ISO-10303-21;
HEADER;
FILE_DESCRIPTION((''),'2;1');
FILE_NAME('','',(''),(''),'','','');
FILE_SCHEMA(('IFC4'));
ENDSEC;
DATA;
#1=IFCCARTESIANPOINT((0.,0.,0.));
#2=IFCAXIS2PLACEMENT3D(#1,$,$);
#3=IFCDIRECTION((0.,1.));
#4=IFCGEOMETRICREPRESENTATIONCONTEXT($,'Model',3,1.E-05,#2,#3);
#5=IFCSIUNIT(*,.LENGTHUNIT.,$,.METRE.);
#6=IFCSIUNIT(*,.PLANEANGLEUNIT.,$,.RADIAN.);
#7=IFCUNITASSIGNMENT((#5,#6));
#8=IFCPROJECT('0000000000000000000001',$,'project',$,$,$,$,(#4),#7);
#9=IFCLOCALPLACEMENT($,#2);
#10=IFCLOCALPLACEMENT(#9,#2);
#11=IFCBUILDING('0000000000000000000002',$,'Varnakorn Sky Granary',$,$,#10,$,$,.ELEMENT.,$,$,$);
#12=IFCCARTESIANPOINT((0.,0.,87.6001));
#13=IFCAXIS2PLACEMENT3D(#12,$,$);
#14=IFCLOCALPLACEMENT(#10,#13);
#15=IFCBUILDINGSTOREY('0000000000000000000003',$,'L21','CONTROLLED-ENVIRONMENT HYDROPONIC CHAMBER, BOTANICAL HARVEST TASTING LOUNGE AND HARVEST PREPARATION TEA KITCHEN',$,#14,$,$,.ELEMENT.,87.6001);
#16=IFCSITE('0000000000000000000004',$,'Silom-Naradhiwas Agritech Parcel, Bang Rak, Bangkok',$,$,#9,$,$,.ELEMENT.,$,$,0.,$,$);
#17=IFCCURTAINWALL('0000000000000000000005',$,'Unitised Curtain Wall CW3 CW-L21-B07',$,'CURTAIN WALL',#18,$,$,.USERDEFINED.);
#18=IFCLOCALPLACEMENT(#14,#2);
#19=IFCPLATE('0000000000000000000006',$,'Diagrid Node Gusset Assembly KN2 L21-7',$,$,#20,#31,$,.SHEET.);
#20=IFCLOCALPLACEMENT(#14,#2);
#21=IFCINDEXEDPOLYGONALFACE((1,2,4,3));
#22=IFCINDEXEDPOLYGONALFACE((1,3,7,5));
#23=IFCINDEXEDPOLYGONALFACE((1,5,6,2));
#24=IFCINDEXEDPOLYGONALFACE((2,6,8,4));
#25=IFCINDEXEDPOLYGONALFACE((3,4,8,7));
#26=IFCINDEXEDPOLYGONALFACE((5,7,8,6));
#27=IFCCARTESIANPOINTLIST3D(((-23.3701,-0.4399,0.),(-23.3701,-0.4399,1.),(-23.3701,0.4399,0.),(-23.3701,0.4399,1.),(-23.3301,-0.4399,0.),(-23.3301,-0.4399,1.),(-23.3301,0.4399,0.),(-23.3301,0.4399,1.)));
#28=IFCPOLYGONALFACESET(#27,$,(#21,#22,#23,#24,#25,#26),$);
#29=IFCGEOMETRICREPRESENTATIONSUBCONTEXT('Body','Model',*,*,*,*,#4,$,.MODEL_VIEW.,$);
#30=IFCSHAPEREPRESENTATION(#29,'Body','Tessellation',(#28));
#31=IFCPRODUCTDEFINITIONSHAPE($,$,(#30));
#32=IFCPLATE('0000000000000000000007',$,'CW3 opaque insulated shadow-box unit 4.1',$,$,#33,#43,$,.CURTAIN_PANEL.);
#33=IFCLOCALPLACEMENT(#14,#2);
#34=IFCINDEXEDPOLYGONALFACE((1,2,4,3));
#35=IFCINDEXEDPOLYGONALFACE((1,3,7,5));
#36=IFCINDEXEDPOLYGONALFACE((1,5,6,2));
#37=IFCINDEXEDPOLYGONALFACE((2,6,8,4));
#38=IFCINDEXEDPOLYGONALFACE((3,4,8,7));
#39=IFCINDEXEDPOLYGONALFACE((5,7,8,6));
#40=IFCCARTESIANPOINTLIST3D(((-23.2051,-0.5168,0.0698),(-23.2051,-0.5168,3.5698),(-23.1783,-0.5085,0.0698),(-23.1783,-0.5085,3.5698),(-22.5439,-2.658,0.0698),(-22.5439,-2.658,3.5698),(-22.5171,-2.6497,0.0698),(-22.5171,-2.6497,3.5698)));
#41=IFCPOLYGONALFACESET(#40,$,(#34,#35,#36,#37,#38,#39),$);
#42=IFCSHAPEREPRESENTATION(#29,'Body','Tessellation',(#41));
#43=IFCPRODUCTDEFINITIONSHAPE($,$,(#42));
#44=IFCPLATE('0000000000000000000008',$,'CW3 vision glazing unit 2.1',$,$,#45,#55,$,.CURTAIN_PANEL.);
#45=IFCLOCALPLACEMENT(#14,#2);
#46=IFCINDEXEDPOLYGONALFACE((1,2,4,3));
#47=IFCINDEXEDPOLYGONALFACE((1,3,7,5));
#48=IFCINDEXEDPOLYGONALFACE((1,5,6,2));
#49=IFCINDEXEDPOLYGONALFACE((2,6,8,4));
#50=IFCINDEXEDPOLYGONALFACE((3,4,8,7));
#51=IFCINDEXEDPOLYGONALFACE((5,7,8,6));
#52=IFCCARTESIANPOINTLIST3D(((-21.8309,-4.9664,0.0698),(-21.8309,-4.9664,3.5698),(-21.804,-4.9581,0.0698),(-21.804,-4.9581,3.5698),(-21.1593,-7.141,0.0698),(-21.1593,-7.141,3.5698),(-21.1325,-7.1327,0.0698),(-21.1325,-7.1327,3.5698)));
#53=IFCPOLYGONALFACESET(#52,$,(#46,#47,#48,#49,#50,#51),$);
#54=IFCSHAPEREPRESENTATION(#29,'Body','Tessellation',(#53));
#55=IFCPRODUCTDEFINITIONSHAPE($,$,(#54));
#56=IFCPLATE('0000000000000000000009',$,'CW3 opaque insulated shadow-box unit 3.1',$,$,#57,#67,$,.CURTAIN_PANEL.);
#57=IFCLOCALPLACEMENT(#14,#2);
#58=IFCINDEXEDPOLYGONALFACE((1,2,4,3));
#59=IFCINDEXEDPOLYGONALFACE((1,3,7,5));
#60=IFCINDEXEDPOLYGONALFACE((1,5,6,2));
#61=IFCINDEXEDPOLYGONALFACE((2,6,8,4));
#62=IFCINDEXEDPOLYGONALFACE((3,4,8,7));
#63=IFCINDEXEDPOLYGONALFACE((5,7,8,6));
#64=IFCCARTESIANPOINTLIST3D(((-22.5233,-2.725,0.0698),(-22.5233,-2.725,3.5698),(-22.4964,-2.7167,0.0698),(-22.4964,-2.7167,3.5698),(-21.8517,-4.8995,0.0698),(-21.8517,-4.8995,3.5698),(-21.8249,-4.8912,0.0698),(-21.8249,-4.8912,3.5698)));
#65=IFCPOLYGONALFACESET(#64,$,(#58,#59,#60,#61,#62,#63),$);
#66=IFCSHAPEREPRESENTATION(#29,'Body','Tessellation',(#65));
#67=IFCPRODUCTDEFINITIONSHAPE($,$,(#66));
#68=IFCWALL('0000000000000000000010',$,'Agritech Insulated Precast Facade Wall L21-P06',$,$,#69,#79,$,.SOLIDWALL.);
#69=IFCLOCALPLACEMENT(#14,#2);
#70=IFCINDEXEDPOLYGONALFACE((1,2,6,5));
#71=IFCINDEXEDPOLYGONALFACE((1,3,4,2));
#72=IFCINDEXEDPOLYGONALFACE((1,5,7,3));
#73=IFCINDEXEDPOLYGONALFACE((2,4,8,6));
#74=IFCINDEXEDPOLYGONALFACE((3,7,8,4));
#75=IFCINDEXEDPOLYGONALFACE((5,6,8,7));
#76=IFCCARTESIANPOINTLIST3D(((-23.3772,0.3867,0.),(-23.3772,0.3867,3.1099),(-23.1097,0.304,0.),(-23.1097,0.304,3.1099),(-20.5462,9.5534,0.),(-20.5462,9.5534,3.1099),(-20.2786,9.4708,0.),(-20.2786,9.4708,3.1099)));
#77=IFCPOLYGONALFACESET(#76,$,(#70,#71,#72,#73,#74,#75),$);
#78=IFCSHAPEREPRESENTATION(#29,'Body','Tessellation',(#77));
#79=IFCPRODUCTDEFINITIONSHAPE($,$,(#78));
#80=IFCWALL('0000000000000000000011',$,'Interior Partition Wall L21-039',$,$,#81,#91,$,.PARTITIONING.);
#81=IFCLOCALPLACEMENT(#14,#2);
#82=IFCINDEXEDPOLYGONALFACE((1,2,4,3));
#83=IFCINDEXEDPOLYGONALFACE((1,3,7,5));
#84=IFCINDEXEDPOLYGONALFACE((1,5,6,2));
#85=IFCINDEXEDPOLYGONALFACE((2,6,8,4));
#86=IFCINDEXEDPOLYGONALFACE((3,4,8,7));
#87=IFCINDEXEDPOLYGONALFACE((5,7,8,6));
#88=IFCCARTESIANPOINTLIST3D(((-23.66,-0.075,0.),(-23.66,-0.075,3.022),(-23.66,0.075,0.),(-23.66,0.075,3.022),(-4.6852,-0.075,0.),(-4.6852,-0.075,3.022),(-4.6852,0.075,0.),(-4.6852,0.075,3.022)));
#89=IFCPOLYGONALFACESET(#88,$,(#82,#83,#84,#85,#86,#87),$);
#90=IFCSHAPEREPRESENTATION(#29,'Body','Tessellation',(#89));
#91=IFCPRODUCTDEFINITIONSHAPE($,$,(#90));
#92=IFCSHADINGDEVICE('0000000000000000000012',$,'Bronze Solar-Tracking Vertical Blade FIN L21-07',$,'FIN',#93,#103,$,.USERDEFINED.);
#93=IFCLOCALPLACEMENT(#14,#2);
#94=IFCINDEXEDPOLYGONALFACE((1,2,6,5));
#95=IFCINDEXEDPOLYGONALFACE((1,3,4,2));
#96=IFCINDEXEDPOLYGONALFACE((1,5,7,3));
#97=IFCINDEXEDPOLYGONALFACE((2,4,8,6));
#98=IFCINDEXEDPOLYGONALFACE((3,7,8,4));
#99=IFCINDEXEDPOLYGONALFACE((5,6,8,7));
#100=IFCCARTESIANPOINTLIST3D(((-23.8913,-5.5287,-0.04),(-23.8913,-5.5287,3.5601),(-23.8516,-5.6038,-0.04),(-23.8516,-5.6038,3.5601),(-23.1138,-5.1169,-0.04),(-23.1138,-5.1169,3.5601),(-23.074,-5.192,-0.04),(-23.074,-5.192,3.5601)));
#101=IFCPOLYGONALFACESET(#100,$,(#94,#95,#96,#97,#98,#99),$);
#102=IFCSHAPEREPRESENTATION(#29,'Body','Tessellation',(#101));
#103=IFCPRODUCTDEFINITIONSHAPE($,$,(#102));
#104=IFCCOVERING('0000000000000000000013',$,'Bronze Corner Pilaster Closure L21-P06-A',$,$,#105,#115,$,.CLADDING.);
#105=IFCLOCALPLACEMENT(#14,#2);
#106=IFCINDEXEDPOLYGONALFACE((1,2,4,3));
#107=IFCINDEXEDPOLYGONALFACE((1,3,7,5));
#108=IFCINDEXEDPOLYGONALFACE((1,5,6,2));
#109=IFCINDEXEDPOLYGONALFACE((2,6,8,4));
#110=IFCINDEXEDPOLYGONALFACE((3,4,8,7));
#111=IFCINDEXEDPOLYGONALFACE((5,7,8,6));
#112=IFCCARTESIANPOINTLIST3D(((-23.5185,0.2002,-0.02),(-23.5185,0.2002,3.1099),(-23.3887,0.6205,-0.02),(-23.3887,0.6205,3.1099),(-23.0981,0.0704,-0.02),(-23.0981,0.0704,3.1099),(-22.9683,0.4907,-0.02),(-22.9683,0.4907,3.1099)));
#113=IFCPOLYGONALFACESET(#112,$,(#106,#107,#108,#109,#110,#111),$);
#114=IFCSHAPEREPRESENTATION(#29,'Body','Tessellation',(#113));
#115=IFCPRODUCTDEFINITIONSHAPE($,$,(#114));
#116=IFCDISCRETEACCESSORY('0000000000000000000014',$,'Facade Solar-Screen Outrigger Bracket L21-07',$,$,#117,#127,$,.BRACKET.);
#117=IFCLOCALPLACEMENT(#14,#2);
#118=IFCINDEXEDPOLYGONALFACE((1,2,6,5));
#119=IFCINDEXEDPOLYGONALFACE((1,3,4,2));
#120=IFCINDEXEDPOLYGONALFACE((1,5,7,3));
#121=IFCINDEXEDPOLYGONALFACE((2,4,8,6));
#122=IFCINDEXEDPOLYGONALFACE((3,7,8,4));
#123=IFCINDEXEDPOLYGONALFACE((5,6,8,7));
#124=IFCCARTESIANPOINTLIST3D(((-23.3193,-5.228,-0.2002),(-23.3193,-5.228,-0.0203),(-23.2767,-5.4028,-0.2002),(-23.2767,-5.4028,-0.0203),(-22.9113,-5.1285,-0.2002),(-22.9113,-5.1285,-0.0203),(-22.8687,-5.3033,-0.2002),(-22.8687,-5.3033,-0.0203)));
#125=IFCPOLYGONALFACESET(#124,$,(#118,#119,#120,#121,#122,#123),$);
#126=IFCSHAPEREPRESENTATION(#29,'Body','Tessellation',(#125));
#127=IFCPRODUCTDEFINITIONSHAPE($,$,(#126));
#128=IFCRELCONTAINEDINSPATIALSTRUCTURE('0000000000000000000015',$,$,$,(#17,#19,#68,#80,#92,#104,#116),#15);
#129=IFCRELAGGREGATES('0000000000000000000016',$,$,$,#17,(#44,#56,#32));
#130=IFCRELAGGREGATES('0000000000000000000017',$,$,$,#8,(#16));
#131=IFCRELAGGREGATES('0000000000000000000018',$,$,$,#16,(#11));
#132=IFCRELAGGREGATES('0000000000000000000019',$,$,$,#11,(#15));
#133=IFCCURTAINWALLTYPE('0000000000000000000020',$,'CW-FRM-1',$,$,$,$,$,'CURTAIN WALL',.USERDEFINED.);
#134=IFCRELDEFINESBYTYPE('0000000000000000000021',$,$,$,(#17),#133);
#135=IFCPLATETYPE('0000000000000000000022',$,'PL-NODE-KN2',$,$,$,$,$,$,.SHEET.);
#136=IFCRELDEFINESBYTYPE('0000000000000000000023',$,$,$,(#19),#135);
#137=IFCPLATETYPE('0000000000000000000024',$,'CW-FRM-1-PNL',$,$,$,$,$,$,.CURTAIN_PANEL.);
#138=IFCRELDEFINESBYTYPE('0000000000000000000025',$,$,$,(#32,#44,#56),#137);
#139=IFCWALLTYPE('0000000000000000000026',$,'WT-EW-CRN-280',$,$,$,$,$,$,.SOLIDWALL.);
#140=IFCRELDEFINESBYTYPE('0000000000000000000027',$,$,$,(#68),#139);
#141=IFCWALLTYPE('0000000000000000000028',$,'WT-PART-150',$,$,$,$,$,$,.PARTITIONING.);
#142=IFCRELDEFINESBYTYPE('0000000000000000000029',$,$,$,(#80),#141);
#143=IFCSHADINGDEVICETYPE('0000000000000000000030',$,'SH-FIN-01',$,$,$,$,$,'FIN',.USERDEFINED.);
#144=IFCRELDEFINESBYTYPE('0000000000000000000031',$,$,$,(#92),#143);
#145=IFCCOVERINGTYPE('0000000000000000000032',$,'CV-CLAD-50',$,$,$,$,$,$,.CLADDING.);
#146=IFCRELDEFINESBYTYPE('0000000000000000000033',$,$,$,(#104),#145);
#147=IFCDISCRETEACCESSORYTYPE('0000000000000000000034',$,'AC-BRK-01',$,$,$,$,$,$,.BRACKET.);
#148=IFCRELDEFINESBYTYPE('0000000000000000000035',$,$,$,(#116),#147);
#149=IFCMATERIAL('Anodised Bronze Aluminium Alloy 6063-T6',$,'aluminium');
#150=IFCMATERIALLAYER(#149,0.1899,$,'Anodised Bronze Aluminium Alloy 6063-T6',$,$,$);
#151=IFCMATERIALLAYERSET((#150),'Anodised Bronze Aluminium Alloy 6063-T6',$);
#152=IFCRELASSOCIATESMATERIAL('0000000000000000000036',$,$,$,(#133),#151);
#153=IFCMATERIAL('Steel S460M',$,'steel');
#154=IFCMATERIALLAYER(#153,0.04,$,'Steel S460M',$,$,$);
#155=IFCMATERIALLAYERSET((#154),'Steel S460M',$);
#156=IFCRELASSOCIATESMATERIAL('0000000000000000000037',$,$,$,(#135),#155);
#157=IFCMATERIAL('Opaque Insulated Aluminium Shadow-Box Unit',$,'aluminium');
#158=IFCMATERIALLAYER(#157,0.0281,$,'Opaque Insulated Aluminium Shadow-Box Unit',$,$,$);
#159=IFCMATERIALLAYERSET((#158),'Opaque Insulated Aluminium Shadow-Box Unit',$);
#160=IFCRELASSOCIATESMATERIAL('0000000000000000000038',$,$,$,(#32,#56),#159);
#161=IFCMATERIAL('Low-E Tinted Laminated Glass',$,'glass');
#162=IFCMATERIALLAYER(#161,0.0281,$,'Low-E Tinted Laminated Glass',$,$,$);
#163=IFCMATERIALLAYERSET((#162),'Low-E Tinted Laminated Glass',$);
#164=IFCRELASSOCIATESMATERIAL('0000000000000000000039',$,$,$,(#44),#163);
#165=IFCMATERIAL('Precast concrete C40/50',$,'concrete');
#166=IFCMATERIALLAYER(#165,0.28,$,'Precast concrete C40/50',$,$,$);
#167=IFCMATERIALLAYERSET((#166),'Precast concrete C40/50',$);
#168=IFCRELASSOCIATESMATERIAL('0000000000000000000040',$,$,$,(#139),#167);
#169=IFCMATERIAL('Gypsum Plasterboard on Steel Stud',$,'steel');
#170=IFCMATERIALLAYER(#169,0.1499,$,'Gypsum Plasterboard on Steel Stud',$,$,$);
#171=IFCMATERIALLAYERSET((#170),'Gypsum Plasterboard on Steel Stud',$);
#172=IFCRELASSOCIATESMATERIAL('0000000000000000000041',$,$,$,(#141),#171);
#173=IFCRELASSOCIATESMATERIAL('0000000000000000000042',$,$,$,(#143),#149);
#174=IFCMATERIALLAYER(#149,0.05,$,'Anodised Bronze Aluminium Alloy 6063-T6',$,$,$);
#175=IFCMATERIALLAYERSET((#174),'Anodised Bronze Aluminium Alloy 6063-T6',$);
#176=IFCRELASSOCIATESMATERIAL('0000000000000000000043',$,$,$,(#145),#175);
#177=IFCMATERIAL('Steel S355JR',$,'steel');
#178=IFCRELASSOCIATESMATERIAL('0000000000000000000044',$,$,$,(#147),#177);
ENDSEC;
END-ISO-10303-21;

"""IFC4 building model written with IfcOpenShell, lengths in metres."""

from ifc_helpers import new_model, si_unit, direction, frame, frame_2d, origin, origin_2d, place, context, subcontext, project, spatial, rectangle, extrude, source, transform, mapped, material, layer, layer_set, type_object, type_shapes, element, aggregate, save


model = new_model("IFC4")

# Units and contexts
model_context = context("Model", 3, precision=1e-05, world=origin(), true_north=direction((0.0, 1.0)))
body_context = subcontext(model_context, "Body", "Model", "MODEL_VIEW")
ifc_project = project(units=[si_unit("LENGTHUNIT", "METRE"), si_unit("PLANEANGLEUNIT", "RADIAN")], contexts=[model_context])

# Site, building, storey
site_placement = place(None, origin())
site = spatial("IfcSite", under=ifc_project, at=site_placement, Name="Silom-Naradhiwas Agritech Parcel, Bang Rak, Bangkok", CompositionType="ELEMENT", RefElevation=0.0)
building_placement = place(site_placement, origin())
building = spatial("IfcBuilding", under=site, at=building_placement, Name="Varnakorn Sky Granary", CompositionType="ELEMENT")
storey_placement = place(building_placement, frame((0.0, 0.0, 87.6001)))
storey = spatial("IfcBuildingStorey", under=building, at=storey_placement, Name="L21", Description="CONTROLLED-ENVIRONMENT HYDROPONIC CHAMBER, BOTANICAL HARVEST TASTING LOUNGE AND HARVEST PREPARATION TEA KITCHEN", CompositionType="ELEMENT", Elevation=87.6001)

# Shared definitions
ifc_material_1 = material(Name="Steel S460M", Category="steel")

# Shared definitions
ifc_material_2 = material(Name="Steel S355JR", Category="steel")

# Curtain wall
ifc_material_3 = material(Name="Anodised Bronze Aluminium Alloy 6063-T6", Category="aluminium")
ifc_layer_1 = layer(ifc_material_3, 0.1899, Name="Anodised Bronze Aluminium Alloy 6063-T6")
ifc_layer_set_1 = layer_set([ifc_layer_1], Name="Anodised Bronze Aluminium Alloy 6063-T6")
curtain_wall_type = type_object("IfcCurtainWallType", Name="CW-FRM-1", ElementType="CURTAIN WALL", PredefinedType="USERDEFINED", material=ifc_layer_set_1)
curtain_wall_placement = place(storey_placement, origin())
curtain_wall = element("IfcCurtainWall", 1, at=curtain_wall_placement, inside=storey, type_object=curtain_wall_type, Name="Unitised Curtain Wall CW3 CW-L21-B07", ObjectType="CURTAIN WALL", PredefinedType="USERDEFINED")

# Plates
ifc_layer_2 = layer(ifc_material_1, 0.04, Name="Steel S460M")
ifc_layer_set_2 = layer_set([ifc_layer_2], Name="Steel S460M")
plate_type_1 = type_object("IfcPlateType", Name="PL-NODE-KN2", PredefinedType="SHEET", material=ifc_layer_set_2)
plate_1_placement = place(storey_placement, frame((-23.3501, 0.0, 0.0), z_axis=(0.0, 0.0, 1.0), x_axis=(0.0, -1.0, 0.0)))
element("IfcPlate", 2, at=plate_1_placement, inside=storey, type_object=plate_type_1, Name="Diagrid Node Gusset Assembly KN2 L21-7", PredefinedType="SHEET", context=body_context, shape_type="SweptSolid", body=[
    extrude(rectangle(XDim=0.8799, YDim=0.04, at=origin_2d()), origin(), (0.0, 0.0, 1.0), 1.0),
])
ifc_material_4 = material(Name="Opaque Insulated Aluminium Shadow-Box Unit", Category="aluminium")
ifc_layer_3 = layer(ifc_material_4, 0.0281, Name="Opaque Insulated Aluminium Shadow-Box Unit")
ifc_layer_set_3 = layer_set([ifc_layer_3], Name="Opaque Insulated Aluminium Shadow-Box Unit")
plate_type_2 = type_object("IfcPlateType", Name="CW-FRM-1-PNL", PredefinedType="CURTAIN_PANEL")
shared_shape_1 = source(origin(), body_context, "Body", "SweptSolid", [
    extrude(rectangle(XDim=2.241, YDim=0.0281, at=origin_2d()), origin(), (0.0, 0.0, 1.0), 3.5),
])
plate_2_placement = place(storey_placement, frame((-22.8611, -1.5833, 0.0698), z_axis=(0.0, 0.0, 1.0), x_axis=(-0.295069, 0.955476, 0.0)))
plate_2 = element("IfcPlate", 3, at=plate_2_placement, type_object=plate_type_2, material=ifc_layer_set_3, Name="CW3 opaque insulated shadow-box unit 4.1", PredefinedType="CURTAIN_PANEL", context=body_context, shape_type="MappedRepresentation", body=[
    mapped(shared_shape_1, transform((0.0, 0.0, 0.0), x_axis=(1.0, 0.0, 0.0), y_axis=(0.0, 1.0, 0.0), z_axis=(0.0, 0.0, 1.0), scale=1.0)),
])
ifc_material_5 = material(Name="Low-E Tinted Laminated Glass", Category="glass")
ifc_layer_4 = layer(ifc_material_5, 0.0281, Name="Low-E Tinted Laminated Glass")
ifc_layer_set_4 = layer_set([ifc_layer_4], Name="Low-E Tinted Laminated Glass")
shared_shape_2 = source(origin(), body_context, "Body", "SweptSolid", [
    extrude(rectangle(XDim=2.2759, YDim=0.0281, at=origin_2d()), origin(), (0.0, 0.0, 1.0), 3.5),
])
type_shapes(plate_type_2, [shared_shape_1, shared_shape_2])
plate_3_placement = place(storey_placement, frame((-21.4817, -6.0496, 0.0698), z_axis=(0.0, 0.0, 1.0), x_axis=(-0.295069, 0.955476, 0.0)))
plate_3 = element("IfcPlate", 4, at=plate_3_placement, type_object=plate_type_2, material=ifc_layer_set_4, Name="CW3 vision glazing unit 2.1", PredefinedType="CURTAIN_PANEL", context=body_context, shape_type="MappedRepresentation", body=[
    mapped(shared_shape_2, transform((0.0, 0.0, 0.0), x_axis=(1.0, 0.0, 0.0), y_axis=(0.0, 1.0, 0.0), z_axis=(0.0, 0.0, 1.0), scale=1.0)),
])
plate_4_placement = place(storey_placement, frame((-22.1741, -3.8081, 0.0698), z_axis=(0.0, 0.0, 1.0), x_axis=(-0.295069, 0.955476, 0.0)))
plate_4 = element("IfcPlate", 5, at=plate_4_placement, type_object=plate_type_2, material=ifc_layer_set_3, Name="CW3 opaque insulated shadow-box unit 3.1", PredefinedType="CURTAIN_PANEL", context=body_context, shape_type="MappedRepresentation", body=[
    mapped(shared_shape_2, transform((0.0, 0.0, 0.0), x_axis=(1.0, 0.0, 0.0), y_axis=(0.0, 1.0, 0.0), z_axis=(0.0, 0.0, 1.0), scale=1.0)),
])
aggregate(curtain_wall, [plate_3, plate_4, plate_2])

# Walls
ifc_material_6 = material(Name="Precast concrete C40/50", Category="concrete")
ifc_layer_5 = layer(ifc_material_6, 0.28, Name="Precast concrete C40/50")
ifc_layer_set_5 = layer_set([ifc_layer_5], Name="Precast concrete C40/50")
wall_type_1 = type_object("IfcWallType", Name="WT-EW-CRN-280", PredefinedType="SOLIDWALL", material=ifc_layer_set_5)
wall_1_placement = place(storey_placement, frame((-23.2434, 0.3455, 0.0), z_axis=(0.0, 0.0, 1.0), x_axis=(0.295087, 0.95547, 0.0)))
element("IfcWall", 6, at=wall_1_placement, inside=storey, type_object=wall_type_1, Name="Agritech Insulated Precast Facade Wall L21-P06", PredefinedType="SOLIDWALL", context=body_context, shape_type="SweptSolid", body=[
    extrude(rectangle(XDim=9.594, YDim=0.28, at=frame_2d((4.7969, 0.0))), origin(), (0.0, 0.0, 1.0), 3.1099),
])
ifc_material_7 = material(Name="Gypsum Plasterboard on Steel Stud", Category="steel")
ifc_layer_6 = layer(ifc_material_7, 0.1499, Name="Gypsum Plasterboard on Steel Stud")
ifc_layer_set_6 = layer_set([ifc_layer_6], Name="Gypsum Plasterboard on Steel Stud")
wall_type_2 = type_object("IfcWallType", Name="WT-PART-150", PredefinedType="PARTITIONING", material=ifc_layer_set_6)
wall_2_placement = place(storey_placement, frame((-23.6599, 0.0, 0.0), z_axis=(0.0, 0.0, 1.0), x_axis=(1.0, 0.0, 0.0)))
element("IfcWall", 7, at=wall_2_placement, inside=storey, type_object=wall_type_2, Name="Interior Partition Wall L21-039", PredefinedType="PARTITIONING", context=body_context, shape_type="SweptSolid", body=[
    extrude(rectangle(XDim=18.9749, YDim=0.1499, at=frame_2d((9.4873, 0.0))), origin(), (0.0, 0.0, 1.0), 3.022),
])

# Shading device
shading_device_type = type_object("IfcShadingDeviceType", Name="SH-FIN-01", ElementType="FIN", PredefinedType="USERDEFINED", material=ifc_material_3)
shared_shape_3 = source(origin(), body_context, "Body", "SweptSolid", [
    extrude(rectangle(XDim=0.085, YDim=0.8799, at=origin_2d()), origin(), (0.0, 0.0, 1.0), 3.6001),
])
type_shapes(shading_device_type, [shared_shape_3])
shading_device_placement = place(storey_placement, frame((-23.4827, -5.3604, -0.04), z_axis=(0.0, 0.0, 1.0), x_axis=(0.468053, -0.8837, 0.0)))
element("IfcShadingDevice", 8, at=shading_device_placement, inside=storey, type_object=shading_device_type, Name="Bronze Solar-Tracking Vertical Blade FIN L21-07", ObjectType="FIN", PredefinedType="USERDEFINED", context=body_context, shape_type="MappedRepresentation", body=[
    mapped(shared_shape_3, transform((0.0, 0.0, 0.0), x_axis=(1.0, 0.0, 0.0), y_axis=(0.0, 1.0, 0.0), z_axis=(0.0, 0.0, 1.0), scale=1.0)),
])

# Covering
ifc_layer_7 = layer(ifc_material_3, 0.05, Name="Anodised Bronze Aluminium Alloy 6063-T6")
ifc_layer_set_7 = layer_set([ifc_layer_7], Name="Anodised Bronze Aluminium Alloy 6063-T6")
covering_type = type_object("IfcCoveringType", Name="CV-CLAD-50", PredefinedType="CLADDING", material=ifc_layer_set_7)
shared_shape_4 = source(origin(), body_context, "Body", "SweptSolid", [
    extrude(rectangle(XDim=0.4399, YDim=0.4399, at=origin_2d()), origin(), (0.0, 0.0, 1.0), 3.1299),
])
type_shapes(covering_type, [shared_shape_4])
covering_placement = place(storey_placement, frame((-23.2434, 0.3455, -0.02), z_axis=(0.0, 0.0, 1.0), x_axis=(0.295041, 0.955485, 0.0)))
element("IfcCovering", 9, at=covering_placement, inside=storey, type_object=covering_type, Name="Bronze Corner Pilaster Closure L21-P06-A", PredefinedType="CLADDING", context=body_context, shape_type="MappedRepresentation", body=[
    mapped(shared_shape_4, transform((0.0, 0.0, 0.0), x_axis=(1.0, 0.0, 0.0), y_axis=(0.0, 1.0, 0.0), z_axis=(0.0, 0.0, 1.0), scale=1.0)),
])

# Discrete accessory
discrete_accessory_type = type_object("IfcDiscreteAccessoryType", Name="AC-BRK-01", PredefinedType="BRACKET", material=ifc_material_2)
shared_shape_5 = source(origin(), body_context, "Body", "SweptSolid", [
    extrude(rectangle(XDim=0.1799, YDim=0.4199, at=origin_2d()), origin(), (0.0, 0.0, 1.0), 0.1799),
])
type_shapes(discrete_accessory_type, [shared_shape_5])
discrete_accessory_placement = place(storey_placement, frame((-23.094, -5.2656, -0.2002), z_axis=(0.0, 0.0, 1.0), x_axis=(0.236905, -0.971533, 0.0)))
element("IfcDiscreteAccessory", 10, at=discrete_accessory_placement, inside=storey, type_object=discrete_accessory_type, Name="Facade Solar-Screen Outrigger Bracket L21-07", PredefinedType="BRACKET", context=body_context, shape_type="MappedRepresentation", body=[
    mapped(shared_shape_5, transform((0.0, 0.0, 0.0), x_axis=(1.0, 0.0, 0.0), y_axis=(0.0, 1.0, 0.0), z_axis=(0.0, 0.0, 1.0), scale=1.0)),
])

save(model, "model.ifc")
